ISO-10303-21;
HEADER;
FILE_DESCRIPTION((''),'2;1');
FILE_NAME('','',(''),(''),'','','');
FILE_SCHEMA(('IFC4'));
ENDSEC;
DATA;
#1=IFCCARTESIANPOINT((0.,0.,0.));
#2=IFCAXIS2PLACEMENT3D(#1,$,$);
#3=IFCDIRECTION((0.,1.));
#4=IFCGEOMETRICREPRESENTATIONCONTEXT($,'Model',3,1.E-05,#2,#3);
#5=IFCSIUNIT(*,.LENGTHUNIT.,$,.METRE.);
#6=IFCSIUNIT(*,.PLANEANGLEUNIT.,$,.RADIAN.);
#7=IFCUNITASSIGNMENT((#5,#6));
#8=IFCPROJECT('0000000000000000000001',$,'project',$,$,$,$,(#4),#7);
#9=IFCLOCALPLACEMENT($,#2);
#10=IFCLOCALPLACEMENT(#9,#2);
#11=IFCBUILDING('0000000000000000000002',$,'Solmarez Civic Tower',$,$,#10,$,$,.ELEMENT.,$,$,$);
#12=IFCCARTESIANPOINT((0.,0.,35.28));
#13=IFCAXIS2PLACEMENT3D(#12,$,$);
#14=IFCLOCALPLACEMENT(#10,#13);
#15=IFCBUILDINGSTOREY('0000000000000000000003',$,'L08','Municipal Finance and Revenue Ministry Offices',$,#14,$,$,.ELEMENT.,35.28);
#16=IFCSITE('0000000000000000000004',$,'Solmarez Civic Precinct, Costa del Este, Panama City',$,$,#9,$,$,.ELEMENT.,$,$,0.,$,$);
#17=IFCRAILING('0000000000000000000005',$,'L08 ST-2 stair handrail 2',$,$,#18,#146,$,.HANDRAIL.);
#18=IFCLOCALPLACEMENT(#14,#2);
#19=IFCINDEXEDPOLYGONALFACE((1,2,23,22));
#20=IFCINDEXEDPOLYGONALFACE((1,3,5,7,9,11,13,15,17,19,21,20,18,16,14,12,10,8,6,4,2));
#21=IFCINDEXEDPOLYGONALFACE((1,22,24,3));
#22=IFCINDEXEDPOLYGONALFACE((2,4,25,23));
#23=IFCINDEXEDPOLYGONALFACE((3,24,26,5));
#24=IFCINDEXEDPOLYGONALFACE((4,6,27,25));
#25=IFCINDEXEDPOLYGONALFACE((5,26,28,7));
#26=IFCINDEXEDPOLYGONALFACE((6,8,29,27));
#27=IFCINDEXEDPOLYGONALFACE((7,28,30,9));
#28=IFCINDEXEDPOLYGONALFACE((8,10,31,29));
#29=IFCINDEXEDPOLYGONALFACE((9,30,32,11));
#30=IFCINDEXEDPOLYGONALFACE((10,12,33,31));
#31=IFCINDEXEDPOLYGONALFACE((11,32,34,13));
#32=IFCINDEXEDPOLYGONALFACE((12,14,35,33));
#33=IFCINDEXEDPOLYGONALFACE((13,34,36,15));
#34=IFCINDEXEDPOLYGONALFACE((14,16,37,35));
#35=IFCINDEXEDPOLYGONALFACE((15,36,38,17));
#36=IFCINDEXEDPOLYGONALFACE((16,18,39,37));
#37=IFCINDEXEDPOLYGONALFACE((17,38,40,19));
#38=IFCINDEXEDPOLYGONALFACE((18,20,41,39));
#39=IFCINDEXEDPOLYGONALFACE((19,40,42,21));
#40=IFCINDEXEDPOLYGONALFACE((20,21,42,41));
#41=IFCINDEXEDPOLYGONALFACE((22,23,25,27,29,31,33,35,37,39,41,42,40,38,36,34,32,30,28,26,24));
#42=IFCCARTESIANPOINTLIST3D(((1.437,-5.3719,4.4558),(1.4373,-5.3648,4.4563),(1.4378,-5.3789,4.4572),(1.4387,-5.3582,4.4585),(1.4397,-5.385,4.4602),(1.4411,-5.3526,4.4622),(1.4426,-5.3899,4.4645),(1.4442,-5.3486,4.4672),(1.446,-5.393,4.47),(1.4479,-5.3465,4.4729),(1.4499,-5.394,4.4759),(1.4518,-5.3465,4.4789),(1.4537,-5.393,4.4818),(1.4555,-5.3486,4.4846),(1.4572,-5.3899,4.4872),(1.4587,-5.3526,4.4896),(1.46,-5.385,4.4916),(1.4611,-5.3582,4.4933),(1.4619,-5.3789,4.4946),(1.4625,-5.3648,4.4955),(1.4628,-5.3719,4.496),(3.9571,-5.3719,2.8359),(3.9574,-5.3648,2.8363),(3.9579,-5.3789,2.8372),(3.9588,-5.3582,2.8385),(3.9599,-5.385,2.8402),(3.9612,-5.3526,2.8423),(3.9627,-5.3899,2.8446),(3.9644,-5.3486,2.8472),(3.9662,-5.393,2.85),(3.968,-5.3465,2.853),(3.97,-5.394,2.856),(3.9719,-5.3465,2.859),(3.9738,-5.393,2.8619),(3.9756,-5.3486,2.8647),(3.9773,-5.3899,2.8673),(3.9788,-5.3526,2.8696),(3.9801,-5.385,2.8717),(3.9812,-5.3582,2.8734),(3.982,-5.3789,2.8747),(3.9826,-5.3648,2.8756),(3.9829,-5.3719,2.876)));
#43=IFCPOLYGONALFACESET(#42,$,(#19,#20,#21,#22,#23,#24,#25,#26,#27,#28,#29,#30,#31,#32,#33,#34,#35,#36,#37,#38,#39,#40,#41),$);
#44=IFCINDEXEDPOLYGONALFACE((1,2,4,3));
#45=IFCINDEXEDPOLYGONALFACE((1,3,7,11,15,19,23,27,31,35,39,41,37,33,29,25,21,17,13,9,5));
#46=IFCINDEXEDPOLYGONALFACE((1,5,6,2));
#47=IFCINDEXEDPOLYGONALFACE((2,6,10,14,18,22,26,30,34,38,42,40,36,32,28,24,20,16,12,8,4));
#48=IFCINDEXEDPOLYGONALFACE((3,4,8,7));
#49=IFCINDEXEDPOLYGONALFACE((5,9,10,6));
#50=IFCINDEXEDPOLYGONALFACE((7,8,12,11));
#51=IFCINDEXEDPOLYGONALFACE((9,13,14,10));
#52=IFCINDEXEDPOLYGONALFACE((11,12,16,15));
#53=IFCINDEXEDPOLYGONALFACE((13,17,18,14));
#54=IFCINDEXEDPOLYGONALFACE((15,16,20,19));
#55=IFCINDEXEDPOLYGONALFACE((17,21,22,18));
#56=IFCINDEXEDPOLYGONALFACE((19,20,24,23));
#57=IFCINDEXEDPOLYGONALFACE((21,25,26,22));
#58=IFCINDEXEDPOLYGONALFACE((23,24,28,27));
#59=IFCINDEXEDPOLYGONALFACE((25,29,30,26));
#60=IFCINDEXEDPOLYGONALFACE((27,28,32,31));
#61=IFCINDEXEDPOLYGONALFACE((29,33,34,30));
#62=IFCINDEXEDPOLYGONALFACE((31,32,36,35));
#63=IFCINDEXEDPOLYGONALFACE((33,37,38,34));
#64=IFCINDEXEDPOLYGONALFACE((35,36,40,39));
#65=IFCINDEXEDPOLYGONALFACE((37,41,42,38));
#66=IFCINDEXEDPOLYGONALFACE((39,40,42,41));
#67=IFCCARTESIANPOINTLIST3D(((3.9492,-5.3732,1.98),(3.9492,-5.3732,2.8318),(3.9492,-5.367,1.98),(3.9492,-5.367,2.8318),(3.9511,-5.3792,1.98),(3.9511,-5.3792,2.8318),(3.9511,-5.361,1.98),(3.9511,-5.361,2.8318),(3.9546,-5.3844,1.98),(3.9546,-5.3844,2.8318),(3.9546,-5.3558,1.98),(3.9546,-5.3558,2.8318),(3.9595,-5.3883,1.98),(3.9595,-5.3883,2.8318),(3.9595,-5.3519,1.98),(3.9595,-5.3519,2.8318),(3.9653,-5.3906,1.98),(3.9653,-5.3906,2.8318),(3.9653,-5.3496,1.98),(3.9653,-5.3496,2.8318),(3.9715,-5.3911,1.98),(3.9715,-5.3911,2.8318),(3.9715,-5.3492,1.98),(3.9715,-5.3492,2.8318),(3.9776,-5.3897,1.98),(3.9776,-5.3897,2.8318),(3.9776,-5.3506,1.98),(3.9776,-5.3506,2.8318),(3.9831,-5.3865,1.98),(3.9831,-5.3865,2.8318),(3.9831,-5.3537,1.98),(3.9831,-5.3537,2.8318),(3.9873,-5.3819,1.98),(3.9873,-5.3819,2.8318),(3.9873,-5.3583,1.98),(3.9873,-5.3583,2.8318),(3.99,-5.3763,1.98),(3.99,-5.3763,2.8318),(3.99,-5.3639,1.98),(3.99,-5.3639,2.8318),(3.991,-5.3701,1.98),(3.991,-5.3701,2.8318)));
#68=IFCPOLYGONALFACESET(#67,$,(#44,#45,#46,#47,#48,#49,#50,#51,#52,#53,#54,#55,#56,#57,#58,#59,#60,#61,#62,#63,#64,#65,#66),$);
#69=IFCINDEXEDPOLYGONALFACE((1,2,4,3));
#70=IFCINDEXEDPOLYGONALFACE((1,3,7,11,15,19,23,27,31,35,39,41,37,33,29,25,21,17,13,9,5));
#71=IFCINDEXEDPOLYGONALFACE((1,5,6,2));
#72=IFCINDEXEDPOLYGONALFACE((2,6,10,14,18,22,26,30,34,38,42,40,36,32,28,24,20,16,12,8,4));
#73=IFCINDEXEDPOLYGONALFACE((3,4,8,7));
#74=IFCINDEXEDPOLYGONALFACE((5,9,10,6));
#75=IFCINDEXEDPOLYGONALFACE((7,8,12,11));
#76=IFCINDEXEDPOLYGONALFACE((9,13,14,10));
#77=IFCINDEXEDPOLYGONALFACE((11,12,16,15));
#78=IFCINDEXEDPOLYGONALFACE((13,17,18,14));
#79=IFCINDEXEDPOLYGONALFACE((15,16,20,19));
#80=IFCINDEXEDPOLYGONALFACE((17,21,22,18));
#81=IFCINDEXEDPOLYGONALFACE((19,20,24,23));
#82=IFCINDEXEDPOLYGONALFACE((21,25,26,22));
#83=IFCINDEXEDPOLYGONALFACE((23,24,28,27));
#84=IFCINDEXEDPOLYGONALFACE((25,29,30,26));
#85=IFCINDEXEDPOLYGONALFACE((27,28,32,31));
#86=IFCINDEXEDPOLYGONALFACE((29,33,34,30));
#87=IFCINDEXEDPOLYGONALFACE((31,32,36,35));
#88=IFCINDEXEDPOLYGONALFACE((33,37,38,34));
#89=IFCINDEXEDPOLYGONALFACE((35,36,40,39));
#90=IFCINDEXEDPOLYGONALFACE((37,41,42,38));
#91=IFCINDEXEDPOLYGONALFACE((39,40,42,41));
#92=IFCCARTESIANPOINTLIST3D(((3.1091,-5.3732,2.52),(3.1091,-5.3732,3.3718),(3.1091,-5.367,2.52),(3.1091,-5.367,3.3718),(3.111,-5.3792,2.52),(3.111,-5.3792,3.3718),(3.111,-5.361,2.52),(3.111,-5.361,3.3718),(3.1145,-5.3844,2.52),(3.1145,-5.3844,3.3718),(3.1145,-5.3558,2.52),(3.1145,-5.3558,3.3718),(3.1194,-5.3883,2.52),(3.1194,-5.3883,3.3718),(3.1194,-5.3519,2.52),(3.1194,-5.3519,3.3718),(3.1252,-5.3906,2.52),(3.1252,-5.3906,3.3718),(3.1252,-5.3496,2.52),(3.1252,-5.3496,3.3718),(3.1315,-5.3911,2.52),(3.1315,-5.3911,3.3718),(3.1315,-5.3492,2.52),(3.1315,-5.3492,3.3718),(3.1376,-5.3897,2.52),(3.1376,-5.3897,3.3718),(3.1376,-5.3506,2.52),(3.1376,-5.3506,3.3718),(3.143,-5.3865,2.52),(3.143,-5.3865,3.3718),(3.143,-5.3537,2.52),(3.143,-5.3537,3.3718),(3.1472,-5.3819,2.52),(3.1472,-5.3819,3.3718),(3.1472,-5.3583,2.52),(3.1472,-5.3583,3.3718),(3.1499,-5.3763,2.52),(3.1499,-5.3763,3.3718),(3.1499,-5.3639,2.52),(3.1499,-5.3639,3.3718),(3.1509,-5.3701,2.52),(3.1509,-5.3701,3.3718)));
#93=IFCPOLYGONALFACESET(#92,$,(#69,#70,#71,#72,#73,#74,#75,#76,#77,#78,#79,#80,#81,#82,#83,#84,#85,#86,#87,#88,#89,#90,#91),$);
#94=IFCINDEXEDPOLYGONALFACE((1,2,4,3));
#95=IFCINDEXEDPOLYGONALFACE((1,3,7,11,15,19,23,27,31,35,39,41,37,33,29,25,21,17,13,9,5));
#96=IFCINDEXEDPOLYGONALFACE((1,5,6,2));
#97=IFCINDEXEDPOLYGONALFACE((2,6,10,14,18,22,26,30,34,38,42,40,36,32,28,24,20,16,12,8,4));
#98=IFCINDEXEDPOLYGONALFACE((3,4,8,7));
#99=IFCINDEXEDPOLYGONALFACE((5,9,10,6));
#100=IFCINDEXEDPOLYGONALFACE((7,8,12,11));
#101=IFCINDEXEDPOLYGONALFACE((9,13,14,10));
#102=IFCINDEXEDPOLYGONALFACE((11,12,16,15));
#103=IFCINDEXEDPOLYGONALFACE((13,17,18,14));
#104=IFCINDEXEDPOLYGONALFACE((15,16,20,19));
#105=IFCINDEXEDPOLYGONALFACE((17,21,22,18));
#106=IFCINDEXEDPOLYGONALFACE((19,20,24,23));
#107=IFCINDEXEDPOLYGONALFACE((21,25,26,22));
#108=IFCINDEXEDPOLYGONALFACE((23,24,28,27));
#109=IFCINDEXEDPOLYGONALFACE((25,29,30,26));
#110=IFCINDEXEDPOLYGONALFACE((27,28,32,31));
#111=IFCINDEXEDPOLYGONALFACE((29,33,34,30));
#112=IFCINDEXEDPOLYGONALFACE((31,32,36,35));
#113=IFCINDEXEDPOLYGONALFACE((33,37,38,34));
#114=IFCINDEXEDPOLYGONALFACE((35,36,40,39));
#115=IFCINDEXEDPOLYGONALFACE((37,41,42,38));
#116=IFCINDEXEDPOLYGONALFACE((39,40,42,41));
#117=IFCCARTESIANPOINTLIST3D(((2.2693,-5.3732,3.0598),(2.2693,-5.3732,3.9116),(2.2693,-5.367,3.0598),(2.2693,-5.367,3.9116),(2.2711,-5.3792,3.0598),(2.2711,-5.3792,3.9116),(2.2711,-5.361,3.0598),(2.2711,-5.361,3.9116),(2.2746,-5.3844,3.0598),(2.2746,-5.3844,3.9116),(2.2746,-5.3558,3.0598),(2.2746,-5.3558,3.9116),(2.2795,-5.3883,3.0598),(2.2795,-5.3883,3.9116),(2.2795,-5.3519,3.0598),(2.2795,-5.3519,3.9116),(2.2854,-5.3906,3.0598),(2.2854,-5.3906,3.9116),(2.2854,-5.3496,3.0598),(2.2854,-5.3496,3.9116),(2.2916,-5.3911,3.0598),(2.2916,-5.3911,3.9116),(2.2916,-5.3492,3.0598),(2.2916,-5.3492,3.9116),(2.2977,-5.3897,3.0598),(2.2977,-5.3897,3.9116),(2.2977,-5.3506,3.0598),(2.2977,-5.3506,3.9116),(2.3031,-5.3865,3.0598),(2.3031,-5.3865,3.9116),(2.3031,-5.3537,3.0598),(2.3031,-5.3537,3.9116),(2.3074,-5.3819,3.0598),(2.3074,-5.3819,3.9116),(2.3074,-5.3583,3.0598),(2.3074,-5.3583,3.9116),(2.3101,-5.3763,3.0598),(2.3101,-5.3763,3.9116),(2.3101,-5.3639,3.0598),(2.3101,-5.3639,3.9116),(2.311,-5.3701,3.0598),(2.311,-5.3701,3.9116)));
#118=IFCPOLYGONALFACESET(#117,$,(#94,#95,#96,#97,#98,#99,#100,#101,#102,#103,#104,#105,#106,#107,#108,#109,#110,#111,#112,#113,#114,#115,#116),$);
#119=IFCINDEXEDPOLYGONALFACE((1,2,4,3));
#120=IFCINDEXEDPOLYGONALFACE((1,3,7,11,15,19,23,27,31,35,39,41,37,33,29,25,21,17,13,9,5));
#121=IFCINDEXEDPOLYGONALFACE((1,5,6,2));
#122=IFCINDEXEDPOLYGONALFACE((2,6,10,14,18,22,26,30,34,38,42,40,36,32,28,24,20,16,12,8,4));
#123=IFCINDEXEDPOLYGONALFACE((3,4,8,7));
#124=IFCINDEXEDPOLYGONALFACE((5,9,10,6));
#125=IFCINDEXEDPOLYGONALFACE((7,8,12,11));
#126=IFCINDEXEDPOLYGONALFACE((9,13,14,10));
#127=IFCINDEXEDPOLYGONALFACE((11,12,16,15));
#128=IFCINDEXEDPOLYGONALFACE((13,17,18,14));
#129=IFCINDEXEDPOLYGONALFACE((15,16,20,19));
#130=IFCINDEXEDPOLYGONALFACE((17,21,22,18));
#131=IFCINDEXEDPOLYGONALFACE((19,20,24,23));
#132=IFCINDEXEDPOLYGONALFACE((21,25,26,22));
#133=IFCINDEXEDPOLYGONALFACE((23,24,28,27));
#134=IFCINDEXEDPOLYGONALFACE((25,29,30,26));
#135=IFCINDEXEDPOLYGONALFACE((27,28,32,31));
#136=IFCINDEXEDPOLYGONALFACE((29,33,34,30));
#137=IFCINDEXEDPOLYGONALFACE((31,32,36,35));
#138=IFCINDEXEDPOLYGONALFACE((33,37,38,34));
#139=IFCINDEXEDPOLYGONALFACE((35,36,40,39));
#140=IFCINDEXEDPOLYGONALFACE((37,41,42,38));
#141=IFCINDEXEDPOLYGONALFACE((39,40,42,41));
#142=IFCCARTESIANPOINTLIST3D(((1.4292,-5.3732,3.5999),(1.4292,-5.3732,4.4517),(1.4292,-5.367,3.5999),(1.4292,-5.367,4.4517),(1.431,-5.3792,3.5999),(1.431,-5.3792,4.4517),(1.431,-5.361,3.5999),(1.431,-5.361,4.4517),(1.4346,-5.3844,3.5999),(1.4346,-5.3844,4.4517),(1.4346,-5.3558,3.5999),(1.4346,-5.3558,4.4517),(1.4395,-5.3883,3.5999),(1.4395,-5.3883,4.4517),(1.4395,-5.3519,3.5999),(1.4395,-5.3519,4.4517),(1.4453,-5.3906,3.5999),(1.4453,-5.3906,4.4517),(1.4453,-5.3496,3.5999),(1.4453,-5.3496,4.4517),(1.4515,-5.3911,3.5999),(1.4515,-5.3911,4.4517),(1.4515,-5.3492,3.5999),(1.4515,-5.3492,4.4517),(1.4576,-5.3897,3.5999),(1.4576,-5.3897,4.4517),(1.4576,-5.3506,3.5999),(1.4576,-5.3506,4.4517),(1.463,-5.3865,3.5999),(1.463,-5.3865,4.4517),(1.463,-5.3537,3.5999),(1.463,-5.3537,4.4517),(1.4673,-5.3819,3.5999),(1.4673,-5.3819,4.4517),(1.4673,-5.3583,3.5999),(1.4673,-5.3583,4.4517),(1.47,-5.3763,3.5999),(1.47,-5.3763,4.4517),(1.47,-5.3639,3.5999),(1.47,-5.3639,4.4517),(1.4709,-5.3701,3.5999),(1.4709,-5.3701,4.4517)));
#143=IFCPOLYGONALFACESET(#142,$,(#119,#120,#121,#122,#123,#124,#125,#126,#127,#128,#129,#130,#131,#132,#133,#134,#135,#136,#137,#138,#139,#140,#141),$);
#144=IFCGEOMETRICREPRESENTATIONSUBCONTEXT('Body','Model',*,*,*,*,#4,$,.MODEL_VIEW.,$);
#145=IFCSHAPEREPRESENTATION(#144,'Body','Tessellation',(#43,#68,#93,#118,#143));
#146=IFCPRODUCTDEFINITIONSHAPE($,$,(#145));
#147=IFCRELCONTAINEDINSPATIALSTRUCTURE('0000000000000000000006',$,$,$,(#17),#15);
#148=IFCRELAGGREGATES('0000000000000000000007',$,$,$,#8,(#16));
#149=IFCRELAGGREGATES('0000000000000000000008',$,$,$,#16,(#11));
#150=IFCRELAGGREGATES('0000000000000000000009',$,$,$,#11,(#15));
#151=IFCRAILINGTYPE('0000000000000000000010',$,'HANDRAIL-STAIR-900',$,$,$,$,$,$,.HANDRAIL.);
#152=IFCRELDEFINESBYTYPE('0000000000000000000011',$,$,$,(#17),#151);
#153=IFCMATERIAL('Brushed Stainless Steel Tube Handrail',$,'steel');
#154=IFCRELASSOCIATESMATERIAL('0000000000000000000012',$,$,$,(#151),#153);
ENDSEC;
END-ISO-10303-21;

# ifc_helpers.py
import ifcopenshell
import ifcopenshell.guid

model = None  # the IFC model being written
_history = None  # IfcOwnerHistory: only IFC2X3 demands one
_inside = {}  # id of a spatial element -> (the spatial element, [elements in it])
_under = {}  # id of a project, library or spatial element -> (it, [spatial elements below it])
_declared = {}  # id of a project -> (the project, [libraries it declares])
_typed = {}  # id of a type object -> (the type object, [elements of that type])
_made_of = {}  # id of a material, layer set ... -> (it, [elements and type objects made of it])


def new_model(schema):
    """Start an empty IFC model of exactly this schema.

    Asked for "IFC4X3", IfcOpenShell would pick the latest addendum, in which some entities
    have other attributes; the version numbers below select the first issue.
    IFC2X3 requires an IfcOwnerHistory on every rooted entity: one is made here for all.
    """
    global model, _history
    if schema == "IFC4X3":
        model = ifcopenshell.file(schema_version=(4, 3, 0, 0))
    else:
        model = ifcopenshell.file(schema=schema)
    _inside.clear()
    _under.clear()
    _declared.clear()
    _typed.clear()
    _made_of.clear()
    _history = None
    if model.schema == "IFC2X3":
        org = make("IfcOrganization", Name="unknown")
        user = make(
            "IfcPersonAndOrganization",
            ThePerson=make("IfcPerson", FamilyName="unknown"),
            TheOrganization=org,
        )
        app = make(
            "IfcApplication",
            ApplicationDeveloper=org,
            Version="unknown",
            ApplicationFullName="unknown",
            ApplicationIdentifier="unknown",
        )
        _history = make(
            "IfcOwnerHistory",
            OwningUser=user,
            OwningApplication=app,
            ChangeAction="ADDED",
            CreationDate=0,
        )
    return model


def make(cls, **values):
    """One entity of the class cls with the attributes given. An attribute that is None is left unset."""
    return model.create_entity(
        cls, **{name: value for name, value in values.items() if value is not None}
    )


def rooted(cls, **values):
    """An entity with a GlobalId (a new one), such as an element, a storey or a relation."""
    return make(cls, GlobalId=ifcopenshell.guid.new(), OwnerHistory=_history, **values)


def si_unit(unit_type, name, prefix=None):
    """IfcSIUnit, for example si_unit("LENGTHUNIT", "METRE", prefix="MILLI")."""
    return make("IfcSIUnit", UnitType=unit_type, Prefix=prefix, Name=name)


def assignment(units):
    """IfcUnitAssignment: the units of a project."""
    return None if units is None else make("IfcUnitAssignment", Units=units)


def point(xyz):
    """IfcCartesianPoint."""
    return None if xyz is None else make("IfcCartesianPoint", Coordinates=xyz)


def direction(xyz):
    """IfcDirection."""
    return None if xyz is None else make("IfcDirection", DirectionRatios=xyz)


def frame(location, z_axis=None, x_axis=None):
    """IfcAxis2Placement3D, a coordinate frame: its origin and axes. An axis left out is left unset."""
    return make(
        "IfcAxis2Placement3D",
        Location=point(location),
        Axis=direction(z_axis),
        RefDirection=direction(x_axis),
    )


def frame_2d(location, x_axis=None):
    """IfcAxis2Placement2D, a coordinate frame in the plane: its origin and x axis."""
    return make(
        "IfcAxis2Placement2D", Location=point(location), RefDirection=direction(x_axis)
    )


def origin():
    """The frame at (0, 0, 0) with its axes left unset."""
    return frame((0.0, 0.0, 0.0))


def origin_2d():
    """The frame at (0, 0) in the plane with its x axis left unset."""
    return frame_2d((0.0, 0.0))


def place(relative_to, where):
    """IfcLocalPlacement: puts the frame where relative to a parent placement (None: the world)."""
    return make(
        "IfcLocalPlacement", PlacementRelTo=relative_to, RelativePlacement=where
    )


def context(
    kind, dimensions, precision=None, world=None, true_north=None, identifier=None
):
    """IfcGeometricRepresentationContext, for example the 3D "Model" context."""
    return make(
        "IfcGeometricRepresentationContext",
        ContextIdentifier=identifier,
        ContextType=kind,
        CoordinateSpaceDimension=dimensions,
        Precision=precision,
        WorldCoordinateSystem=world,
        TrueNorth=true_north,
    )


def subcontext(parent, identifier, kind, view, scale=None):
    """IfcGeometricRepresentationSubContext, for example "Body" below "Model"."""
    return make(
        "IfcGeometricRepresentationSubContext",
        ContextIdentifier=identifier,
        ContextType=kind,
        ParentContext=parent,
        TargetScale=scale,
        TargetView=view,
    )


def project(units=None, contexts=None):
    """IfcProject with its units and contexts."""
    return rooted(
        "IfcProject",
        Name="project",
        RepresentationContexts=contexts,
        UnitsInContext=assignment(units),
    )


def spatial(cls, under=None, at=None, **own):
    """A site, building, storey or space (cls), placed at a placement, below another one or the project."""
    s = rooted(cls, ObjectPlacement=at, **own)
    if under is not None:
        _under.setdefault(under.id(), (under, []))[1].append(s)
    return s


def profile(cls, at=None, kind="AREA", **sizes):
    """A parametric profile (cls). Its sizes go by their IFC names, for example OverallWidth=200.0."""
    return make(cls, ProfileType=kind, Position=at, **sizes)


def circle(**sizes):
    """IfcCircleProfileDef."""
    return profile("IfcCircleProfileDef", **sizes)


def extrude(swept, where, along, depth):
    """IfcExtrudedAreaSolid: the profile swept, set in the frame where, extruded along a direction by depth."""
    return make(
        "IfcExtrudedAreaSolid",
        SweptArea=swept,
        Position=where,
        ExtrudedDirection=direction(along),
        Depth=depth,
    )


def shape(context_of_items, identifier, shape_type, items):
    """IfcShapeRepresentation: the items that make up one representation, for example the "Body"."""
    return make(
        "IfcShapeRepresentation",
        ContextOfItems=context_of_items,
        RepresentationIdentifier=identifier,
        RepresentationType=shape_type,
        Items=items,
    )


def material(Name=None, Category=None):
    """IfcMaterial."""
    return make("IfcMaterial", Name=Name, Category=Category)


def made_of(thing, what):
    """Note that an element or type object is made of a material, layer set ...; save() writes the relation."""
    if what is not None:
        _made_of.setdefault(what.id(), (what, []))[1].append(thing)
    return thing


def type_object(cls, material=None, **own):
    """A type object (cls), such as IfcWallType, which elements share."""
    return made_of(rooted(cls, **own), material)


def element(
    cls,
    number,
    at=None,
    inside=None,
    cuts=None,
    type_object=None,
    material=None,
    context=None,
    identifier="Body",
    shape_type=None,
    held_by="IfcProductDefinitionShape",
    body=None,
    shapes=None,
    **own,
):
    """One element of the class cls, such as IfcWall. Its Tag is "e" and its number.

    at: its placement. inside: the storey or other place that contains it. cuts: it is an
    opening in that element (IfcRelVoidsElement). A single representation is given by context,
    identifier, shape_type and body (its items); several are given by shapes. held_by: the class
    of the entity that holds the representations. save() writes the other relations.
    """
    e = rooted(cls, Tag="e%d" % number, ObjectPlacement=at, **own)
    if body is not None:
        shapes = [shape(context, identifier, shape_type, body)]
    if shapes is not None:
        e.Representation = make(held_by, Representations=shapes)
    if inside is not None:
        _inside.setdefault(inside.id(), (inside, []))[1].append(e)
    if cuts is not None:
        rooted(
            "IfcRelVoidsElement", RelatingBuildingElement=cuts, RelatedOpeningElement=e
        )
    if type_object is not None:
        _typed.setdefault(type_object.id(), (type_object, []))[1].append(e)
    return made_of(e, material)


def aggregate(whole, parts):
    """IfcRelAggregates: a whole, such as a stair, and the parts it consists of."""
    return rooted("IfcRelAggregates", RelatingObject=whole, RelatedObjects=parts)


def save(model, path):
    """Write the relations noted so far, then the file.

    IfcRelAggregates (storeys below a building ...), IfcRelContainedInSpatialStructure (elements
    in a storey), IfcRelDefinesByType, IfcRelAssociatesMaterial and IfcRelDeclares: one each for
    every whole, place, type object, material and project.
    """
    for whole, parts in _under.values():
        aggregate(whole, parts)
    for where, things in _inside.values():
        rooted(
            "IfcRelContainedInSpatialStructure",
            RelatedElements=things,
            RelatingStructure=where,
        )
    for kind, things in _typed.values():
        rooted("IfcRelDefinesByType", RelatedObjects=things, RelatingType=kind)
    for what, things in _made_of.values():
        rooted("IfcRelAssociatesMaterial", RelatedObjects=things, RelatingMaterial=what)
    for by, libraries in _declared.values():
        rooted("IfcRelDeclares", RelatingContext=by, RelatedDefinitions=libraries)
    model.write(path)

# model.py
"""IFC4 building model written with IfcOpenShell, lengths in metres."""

from ifc_helpers import new_model, si_unit, direction, frame, origin, origin_2d, place, context, subcontext, project, spatial, circle, extrude, material, type_object, element, save


model = new_model("IFC4")

# Units and contexts
model_context = context("Model", 3, precision=1e-05, world=origin(), true_north=direction((0.0, 1.0)))
body_context = subcontext(model_context, "Body", "Model", "MODEL_VIEW")
ifc_project = project(units=[si_unit("LENGTHUNIT", "METRE"), si_unit("PLANEANGLEUNIT", "RADIAN")], contexts=[model_context])

# Site, building, storey
site_placement = place(None, origin())
site = spatial("IfcSite", under=ifc_project, at=site_placement, Name="Solmarez Civic Precinct, Costa del Este, Panama City", CompositionType="ELEMENT", RefElevation=0.0)
building_placement = place(site_placement, origin())
building = spatial("IfcBuilding", under=site, at=building_placement, Name="Solmarez Civic Tower", CompositionType="ELEMENT")
storey_placement = place(building_placement, frame((0.0, 0.0, 35.28)))
storey = spatial("IfcBuildingStorey", under=building, at=storey_placement, Name="L08", Description="Municipal Finance and Revenue Ministry Offices", CompositionType="ELEMENT", Elevation=35.28)

# Railing
ifc_material_1 = material(Name="Brushed Stainless Steel Tube Handrail", Category="steel")
railing_type_1 = type_object("IfcRailingType", Name="HANDRAIL-STAIR-900", PredefinedType="HANDRAIL", material=ifc_material_1)
railing_1_placement = place(storey_placement, frame((3.97, -5.3701, 1.98)))
element("IfcRailing", 1, at=railing_1_placement, inside=storey, type_object=railing_type_1, Name="L08 ST-2 stair handrail 2", PredefinedType="HANDRAIL", context=body_context, shape_type="SweptSolid", body=[
    extrude(circle(Radius=0.0239, at=origin_2d()), frame((0.0, 0.0, 0.876), z_axis=(-0.8412, 0.0, 0.540725), x_axis=(0.0, -1.0, 0.0)), (0.0, 0.0, 1.0), 2.9958),
    extrude(circle(Radius=0.021, at=origin_2d()), origin(), (0.0, 0.0, 1.0), 0.8518),
    extrude(circle(Radius=0.021, at=origin_2d()), frame((-0.8401, 0.0, 0.54)), (0.0, 0.0, 1.0), 0.8518),
    extrude(circle(Radius=0.021, at=origin_2d()), frame((-1.6799, 0.0, 1.0798)), (0.0, 0.0, 1.0), 0.8518),
    extrude(circle(Radius=0.021, at=origin_2d()), frame((-2.52, 0.0, 1.6199)), (0.0, 0.0, 1.0), 0.8518),
])

save(model, "model.ifc")
